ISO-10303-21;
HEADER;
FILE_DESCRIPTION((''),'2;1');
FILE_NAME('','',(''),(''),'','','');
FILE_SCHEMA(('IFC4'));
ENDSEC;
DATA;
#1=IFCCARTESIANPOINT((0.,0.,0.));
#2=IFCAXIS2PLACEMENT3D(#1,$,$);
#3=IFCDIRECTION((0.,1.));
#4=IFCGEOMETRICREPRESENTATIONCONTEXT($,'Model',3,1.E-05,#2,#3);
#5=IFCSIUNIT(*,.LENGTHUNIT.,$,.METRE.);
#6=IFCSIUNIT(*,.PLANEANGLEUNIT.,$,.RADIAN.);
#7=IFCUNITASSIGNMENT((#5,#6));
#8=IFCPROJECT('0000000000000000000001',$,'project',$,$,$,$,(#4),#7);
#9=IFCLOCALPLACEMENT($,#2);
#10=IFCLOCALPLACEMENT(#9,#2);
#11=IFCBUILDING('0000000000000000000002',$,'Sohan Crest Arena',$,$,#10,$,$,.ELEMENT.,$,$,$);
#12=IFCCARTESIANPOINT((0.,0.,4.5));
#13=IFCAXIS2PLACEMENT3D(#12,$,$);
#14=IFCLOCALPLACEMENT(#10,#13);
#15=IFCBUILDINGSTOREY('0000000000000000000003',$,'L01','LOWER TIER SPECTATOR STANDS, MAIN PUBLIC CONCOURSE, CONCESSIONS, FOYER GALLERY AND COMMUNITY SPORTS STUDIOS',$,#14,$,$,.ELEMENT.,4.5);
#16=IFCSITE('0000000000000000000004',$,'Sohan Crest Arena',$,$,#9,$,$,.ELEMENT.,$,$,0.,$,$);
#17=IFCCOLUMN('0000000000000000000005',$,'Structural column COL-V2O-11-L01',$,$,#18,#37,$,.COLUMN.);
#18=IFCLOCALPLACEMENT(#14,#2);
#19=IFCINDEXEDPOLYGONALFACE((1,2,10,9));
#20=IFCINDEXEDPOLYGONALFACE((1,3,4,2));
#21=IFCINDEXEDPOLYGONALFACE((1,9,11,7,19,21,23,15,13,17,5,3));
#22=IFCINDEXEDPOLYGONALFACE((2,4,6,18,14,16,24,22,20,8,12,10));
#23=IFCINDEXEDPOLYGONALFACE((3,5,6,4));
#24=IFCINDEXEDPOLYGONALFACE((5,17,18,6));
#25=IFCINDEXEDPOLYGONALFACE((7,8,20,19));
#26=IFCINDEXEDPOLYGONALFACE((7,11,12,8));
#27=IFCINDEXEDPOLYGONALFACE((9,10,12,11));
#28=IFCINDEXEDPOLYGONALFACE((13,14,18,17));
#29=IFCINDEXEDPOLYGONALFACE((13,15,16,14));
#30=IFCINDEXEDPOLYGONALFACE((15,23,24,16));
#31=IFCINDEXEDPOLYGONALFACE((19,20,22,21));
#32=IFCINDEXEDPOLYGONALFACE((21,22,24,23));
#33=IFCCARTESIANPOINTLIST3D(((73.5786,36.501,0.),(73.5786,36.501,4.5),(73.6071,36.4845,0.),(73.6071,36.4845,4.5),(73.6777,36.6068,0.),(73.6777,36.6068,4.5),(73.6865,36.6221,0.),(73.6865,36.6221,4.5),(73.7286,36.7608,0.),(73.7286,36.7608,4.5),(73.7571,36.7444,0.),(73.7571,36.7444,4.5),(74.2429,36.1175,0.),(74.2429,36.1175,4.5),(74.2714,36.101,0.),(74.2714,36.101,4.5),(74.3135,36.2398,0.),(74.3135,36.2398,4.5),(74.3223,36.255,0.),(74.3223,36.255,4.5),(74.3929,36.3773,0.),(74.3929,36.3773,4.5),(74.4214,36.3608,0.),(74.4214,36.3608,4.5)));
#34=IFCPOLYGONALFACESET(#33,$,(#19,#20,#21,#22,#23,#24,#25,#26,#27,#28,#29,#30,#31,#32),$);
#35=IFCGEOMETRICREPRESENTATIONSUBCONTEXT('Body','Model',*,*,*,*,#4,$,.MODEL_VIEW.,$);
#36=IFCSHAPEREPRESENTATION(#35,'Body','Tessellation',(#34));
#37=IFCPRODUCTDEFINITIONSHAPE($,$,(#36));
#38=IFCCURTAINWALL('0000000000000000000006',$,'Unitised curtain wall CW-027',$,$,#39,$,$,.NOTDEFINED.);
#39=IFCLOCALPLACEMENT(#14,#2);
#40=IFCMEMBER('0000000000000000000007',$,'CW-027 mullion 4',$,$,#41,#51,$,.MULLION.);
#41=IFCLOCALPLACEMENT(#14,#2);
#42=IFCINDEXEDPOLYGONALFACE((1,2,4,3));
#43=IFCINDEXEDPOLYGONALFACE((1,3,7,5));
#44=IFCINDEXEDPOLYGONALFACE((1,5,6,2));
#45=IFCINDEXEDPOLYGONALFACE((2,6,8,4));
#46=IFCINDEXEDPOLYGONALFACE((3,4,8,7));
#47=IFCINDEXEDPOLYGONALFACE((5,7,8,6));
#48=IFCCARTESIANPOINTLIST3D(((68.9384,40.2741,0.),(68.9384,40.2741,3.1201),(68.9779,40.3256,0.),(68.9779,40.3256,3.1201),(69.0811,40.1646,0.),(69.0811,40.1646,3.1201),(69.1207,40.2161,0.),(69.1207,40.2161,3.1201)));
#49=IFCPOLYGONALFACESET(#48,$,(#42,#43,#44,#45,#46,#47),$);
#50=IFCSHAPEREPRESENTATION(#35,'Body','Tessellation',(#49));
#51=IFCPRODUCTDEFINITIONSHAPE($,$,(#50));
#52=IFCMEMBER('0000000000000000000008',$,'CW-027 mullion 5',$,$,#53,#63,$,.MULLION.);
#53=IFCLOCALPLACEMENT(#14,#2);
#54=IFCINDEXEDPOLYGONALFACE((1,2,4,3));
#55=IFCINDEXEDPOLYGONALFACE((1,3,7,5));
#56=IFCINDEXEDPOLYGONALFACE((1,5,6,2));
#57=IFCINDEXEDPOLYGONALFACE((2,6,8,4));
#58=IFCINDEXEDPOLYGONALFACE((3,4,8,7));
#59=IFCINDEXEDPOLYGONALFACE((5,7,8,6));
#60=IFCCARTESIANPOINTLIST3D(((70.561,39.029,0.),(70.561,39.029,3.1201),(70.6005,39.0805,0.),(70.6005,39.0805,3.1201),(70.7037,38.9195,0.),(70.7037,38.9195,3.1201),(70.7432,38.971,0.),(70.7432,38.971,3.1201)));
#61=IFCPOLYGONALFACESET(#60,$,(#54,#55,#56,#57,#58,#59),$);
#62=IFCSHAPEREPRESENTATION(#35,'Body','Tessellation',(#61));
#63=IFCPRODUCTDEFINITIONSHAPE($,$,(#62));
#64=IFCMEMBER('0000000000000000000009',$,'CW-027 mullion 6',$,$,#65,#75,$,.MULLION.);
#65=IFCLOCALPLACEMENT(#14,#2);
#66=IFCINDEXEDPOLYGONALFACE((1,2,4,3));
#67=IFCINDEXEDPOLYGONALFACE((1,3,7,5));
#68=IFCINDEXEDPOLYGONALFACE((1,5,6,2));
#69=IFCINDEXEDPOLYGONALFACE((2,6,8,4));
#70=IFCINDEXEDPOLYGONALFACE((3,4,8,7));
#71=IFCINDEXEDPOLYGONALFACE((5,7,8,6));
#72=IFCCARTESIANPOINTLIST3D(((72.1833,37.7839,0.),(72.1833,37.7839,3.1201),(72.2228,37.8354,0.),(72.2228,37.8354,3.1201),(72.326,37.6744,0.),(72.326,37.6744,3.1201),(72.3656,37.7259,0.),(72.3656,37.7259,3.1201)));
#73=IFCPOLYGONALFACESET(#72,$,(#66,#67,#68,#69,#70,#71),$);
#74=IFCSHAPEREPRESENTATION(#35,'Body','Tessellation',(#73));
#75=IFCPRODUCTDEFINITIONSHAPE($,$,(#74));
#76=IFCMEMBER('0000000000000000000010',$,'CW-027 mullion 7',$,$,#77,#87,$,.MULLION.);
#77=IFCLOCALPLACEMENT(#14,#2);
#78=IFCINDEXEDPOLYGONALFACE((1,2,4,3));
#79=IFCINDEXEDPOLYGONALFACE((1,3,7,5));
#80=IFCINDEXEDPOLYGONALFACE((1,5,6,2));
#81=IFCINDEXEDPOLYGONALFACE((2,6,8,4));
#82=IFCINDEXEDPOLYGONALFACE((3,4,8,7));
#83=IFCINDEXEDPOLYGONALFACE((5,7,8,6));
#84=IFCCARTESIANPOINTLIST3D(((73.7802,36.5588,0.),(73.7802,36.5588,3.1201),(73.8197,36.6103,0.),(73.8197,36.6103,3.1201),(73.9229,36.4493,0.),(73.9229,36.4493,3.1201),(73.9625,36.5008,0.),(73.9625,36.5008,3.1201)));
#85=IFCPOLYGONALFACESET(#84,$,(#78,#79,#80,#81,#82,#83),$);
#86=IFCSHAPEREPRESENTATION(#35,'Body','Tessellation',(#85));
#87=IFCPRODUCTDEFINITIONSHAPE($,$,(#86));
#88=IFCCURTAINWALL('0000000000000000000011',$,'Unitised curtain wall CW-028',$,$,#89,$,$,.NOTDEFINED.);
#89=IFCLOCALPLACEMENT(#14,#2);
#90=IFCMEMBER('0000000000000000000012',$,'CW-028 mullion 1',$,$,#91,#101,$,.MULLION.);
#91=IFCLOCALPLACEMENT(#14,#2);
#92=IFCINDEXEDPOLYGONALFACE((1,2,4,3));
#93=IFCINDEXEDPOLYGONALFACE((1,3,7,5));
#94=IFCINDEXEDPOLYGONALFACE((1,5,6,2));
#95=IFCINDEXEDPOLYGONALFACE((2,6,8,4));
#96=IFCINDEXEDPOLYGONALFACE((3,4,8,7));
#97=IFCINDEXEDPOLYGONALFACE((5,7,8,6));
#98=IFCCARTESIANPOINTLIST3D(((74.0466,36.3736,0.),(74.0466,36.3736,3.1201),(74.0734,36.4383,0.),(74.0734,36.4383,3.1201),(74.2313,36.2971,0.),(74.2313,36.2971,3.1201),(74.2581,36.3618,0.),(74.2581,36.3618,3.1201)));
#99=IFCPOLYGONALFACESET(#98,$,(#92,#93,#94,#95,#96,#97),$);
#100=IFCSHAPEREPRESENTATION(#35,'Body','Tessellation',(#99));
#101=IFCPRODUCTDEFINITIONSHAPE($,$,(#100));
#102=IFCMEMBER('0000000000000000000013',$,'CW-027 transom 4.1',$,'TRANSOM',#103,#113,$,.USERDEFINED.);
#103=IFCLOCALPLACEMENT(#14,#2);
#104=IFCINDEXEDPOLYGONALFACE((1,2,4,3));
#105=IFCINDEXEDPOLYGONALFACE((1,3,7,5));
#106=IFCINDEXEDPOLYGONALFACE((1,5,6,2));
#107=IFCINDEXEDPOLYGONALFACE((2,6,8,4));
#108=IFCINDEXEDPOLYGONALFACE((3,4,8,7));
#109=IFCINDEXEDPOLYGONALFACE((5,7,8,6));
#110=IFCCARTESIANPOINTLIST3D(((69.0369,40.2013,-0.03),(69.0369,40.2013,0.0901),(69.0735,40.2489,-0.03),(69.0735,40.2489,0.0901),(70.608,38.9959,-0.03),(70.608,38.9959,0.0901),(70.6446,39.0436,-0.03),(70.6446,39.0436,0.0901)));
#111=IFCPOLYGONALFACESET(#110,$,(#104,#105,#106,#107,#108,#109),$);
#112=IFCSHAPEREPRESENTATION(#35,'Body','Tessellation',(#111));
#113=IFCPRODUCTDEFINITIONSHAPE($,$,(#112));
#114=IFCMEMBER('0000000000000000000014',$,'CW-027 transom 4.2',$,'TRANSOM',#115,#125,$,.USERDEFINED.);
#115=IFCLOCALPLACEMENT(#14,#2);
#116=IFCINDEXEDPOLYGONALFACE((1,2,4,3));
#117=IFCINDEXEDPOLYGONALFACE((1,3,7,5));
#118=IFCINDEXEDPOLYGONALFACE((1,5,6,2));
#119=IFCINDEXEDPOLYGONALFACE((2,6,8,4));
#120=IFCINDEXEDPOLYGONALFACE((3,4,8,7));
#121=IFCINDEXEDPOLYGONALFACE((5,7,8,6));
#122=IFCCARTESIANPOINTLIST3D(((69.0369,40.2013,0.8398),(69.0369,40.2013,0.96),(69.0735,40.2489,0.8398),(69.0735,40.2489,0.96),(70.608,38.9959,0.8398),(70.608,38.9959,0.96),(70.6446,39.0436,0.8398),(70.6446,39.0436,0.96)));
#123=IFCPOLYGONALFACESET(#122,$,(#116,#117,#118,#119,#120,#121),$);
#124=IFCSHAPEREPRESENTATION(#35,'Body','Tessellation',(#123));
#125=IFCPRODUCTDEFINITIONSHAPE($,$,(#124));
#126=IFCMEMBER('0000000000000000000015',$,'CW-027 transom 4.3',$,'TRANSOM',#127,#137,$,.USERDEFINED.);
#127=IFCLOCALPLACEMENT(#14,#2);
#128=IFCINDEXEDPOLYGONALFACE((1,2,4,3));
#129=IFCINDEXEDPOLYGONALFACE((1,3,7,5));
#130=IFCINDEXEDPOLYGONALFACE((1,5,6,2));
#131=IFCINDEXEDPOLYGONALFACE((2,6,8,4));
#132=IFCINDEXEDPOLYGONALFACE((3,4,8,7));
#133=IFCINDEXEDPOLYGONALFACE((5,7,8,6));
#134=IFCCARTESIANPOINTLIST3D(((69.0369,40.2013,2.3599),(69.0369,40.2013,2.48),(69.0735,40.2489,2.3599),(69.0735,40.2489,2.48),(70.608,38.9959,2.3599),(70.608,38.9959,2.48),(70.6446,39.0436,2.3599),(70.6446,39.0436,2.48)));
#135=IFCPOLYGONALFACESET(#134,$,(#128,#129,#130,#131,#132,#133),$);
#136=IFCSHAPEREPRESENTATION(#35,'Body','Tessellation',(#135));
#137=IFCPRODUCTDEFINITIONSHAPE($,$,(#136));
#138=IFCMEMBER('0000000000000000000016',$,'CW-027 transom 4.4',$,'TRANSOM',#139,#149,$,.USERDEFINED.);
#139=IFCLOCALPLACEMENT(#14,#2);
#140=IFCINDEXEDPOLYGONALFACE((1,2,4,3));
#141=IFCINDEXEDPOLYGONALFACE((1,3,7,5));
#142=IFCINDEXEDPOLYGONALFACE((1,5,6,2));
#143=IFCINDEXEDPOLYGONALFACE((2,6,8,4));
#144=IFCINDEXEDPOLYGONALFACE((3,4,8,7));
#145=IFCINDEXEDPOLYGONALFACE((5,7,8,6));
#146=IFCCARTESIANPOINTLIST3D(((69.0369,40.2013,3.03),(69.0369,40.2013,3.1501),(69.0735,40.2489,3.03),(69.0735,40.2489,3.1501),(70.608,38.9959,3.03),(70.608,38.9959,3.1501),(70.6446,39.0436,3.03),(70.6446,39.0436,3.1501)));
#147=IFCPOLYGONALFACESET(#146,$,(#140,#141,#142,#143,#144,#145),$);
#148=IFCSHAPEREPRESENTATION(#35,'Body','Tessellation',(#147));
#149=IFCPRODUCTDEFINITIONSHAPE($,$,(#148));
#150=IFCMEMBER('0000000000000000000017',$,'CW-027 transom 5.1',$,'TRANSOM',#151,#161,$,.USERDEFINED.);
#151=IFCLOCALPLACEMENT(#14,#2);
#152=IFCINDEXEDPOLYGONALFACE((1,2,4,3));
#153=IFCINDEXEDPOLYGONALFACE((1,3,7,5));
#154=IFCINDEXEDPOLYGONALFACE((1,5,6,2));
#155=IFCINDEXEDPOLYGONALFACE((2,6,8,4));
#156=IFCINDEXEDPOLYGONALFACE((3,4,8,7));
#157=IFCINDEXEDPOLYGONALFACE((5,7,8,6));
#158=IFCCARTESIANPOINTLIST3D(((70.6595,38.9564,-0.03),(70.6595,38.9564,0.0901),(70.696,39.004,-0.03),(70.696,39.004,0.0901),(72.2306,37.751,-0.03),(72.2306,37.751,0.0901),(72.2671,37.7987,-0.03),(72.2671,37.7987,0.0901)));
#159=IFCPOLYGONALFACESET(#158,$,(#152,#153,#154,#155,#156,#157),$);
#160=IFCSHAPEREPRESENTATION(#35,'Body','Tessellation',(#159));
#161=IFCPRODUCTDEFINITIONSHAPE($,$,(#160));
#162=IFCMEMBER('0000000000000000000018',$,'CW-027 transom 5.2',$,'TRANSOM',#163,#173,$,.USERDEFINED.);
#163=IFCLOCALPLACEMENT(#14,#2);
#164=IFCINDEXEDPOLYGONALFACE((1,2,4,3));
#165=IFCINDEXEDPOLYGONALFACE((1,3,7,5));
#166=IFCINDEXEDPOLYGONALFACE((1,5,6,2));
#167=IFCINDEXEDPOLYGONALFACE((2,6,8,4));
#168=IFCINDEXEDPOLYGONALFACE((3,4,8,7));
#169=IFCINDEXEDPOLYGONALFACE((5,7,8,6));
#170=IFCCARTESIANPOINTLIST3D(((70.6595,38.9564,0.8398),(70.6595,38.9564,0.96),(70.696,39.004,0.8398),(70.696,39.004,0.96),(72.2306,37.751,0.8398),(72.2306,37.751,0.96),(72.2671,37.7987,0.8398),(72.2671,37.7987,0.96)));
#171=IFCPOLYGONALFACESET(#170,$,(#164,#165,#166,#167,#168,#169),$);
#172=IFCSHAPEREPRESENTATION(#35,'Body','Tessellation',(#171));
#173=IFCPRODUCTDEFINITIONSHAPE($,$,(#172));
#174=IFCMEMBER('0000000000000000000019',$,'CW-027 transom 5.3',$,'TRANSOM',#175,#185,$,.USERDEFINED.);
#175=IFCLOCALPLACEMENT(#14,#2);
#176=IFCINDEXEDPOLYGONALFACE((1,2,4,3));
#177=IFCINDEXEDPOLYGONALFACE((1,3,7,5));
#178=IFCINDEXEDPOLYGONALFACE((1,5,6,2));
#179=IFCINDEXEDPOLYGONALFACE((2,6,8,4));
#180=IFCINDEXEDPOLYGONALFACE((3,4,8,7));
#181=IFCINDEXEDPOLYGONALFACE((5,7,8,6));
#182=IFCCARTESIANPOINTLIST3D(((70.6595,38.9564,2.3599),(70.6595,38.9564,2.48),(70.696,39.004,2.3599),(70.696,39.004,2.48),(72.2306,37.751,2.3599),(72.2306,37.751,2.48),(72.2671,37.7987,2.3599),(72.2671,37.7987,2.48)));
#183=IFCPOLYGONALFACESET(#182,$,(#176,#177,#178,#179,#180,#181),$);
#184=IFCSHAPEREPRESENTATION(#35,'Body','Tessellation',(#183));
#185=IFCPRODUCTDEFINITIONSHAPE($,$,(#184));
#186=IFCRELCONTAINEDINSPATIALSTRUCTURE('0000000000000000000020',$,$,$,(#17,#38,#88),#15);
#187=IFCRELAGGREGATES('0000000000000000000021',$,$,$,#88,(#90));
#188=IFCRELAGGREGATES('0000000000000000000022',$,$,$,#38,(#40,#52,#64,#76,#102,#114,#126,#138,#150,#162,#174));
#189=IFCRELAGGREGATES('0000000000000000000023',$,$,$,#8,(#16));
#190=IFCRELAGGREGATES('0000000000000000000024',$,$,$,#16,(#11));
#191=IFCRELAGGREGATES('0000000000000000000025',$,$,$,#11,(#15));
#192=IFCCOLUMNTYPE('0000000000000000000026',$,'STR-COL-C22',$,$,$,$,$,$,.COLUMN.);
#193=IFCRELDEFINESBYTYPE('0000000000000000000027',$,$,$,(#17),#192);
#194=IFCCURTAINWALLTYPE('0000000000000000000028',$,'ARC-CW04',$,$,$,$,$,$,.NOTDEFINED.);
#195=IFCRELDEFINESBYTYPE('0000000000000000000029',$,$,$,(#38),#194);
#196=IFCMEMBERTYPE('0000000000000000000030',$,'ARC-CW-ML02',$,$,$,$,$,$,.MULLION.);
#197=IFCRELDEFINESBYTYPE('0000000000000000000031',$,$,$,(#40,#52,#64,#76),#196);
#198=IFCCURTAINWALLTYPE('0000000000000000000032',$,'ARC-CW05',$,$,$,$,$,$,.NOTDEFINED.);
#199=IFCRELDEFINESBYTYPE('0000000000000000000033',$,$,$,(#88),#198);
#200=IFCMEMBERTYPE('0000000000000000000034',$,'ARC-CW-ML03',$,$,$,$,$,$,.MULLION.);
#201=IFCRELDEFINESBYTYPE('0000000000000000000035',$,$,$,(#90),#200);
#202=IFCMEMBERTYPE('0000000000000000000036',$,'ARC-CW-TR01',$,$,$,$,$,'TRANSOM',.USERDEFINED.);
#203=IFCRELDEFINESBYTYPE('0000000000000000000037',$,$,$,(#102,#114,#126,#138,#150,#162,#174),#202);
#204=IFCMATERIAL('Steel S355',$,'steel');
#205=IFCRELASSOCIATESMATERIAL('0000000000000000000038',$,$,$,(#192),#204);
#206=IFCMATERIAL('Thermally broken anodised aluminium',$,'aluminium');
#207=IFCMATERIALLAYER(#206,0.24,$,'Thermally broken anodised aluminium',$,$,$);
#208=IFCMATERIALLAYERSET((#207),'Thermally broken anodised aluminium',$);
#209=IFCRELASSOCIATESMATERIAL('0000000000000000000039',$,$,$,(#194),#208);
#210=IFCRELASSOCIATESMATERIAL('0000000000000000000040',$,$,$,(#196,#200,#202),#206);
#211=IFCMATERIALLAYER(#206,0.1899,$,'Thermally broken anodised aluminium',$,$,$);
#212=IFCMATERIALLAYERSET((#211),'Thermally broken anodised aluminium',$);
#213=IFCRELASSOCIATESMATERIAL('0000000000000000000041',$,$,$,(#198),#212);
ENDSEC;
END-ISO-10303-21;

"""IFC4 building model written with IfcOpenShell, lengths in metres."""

from ifc_helpers import new_model, si_unit, direction, frame, origin, origin_2d, place, context, subcontext, project, spatial, rectangle, i_section, extrude, material, layer, layer_set, material_profile, profile_set, type_object, element, aggregate, save


model = new_model("IFC4")

# Units and contexts
model_context = context("Model", 3, precision=1e-05, world=origin(), true_north=direction((0.0, 1.0)))
body_context = subcontext(model_context, "Body", "Model", "MODEL_VIEW")
ifc_project = project(units=[si_unit("LENGTHUNIT", "METRE"), si_unit("PLANEANGLEUNIT", "RADIAN")], contexts=[model_context])

# Site, building, storey
site_placement = place(None, origin())
site = spatial("IfcSite", under=ifc_project, at=site_placement, Name="Sohan Crest Arena", CompositionType="ELEMENT", RefElevation=0.0)
building_placement = place(site_placement, origin())
building = spatial("IfcBuilding", under=site, at=building_placement, Name="Sohan Crest Arena", CompositionType="ELEMENT")
storey_placement = place(building_placement, frame((0.0, 0.0, 4.5)))
storey = spatial("IfcBuildingStorey", under=building, at=storey_placement, Name="L01", Description="LOWER TIER SPECTATOR STANDS, MAIN PUBLIC CONCOURSE, CONCESSIONS, FOYER GALLERY AND COMMUNITY SPORTS STUDIOS", CompositionType="ELEMENT", Elevation=4.5)

# Column
ifc_material_1 = material(Name="Steel S355", Category="steel")
ifc_material_profile_1 = material_profile(ifc_material_1, i_section(OverallWidth=0.3, OverallDepth=0.8, WebThickness=0.0176, FlangeThickness=0.033, at=origin_2d()), Name="HEB 800")
ifc_profile_set_1 = profile_set([ifc_material_profile_1], Name="Steel S355")
column_type = type_object("IfcColumnType", Name="STR-COL-C22", PredefinedType="COLUMN", material=ifc_profile_set_1)
column_placement = place(storey_placement, frame((74.0, 36.4309, 0.0), z_axis=(0.0, 0.0, 1.0), x_axis=(0.5, 0.866025, 0.0)))
element("IfcColumn", 1, at=column_placement, inside=storey, type_object=column_type, Name="Structural column COL-V2O-11-L01", PredefinedType="COLUMN", context=body_context, shape_type="SweptSolid", body=[
    extrude(i_section(OverallWidth=0.3, OverallDepth=0.8, WebThickness=0.0176, FlangeThickness=0.033, at=origin_2d()), origin(), (0.0, 0.0, 1.0), 4.5),
])

# Curtain wall, members
ifc_material_2 = material(Name="Thermally broken anodised aluminium", Category="aluminium")
ifc_layer_1 = layer(ifc_material_2, 0.24, Name="Thermally broken anodised aluminium")
ifc_layer_set_1 = layer_set([ifc_layer_1], Name="Thermally broken anodised aluminium")
curtain_wall_type_1 = type_object("IfcCurtainWallType", Name="ARC-CW04", PredefinedType="NOTDEFINED", material=ifc_layer_set_1)
curtain_wall_1_placement = place(storey_placement, origin())
curtain_wall_1 = element("IfcCurtainWall", 2, at=curtain_wall_1_placement, inside=storey, type_object=curtain_wall_type_1, Name="Unitised curtain wall CW-027", PredefinedType="NOTDEFINED")
ifc_material_profile_2 = material_profile(ifc_material_2, rectangle(XDim=0.0649, YDim=0.1799, at=origin_2d()), Name="ALU-MULL 65x180")
ifc_profile_set_2 = profile_set([ifc_material_profile_2], Name="Thermally broken anodised aluminium")
member_type_1 = type_object("IfcMemberType", Name="ARC-CW-ML02", PredefinedType="MULLION", material=ifc_profile_set_2)
member_1_placement = place(storey_placement, frame((69.0295, 40.2451, 0.0), z_axis=(0.0, 0.0, 1.0), x_axis=(0.608765, 0.793351, 0.0)))
member_1 = element("IfcMember", 3, at=member_1_placement, type_object=member_type_1, Name="CW-027 mullion 4", PredefinedType="MULLION", context=body_context, shape_type="SweptSolid", body=[
    extrude(rectangle(XDim=0.0649, YDim=0.1799, at=origin_2d()), origin(), (0.0, 0.0, 1.0), 3.1201),
])
member_2_placement = place(storey_placement, frame((70.6521, 39.0, 0.0), z_axis=(0.0, 0.0, 1.0), x_axis=(0.608765, 0.793351, 0.0)))
member_2 = element("IfcMember", 4, at=member_2_placement, type_object=member_type_1, Name="CW-027 mullion 5", PredefinedType="MULLION", context=body_context, shape_type="SweptSolid", body=[
    extrude(rectangle(XDim=0.0649, YDim=0.1799, at=origin_2d()), origin(), (0.0, 0.0, 1.0), 3.1201),
])
member_3_placement = place(storey_placement, frame((72.2744, 37.7549, 0.0), z_axis=(0.0, 0.0, 1.0), x_axis=(0.608765, 0.793351, 0.0)))
member_3 = element("IfcMember", 5, at=member_3_placement, type_object=member_type_1, Name="CW-027 mullion 6", PredefinedType="MULLION", context=body_context, shape_type="SweptSolid", body=[
    extrude(rectangle(XDim=0.0649, YDim=0.1799, at=origin_2d()), origin(), (0.0, 0.0, 1.0), 3.1201),
])
member_4_placement = place(storey_placement, frame((73.8713, 36.5298, 0.0), z_axis=(0.0, 0.0, 1.0), x_axis=(0.608765, 0.793351, 0.0)))
member_4 = element("IfcMember", 6, at=member_4_placement, type_object=member_type_1, Name="CW-027 mullion 7", PredefinedType="MULLION", context=body_context, shape_type="SweptSolid", body=[
    extrude(rectangle(XDim=0.0649, YDim=0.1799, at=origin_2d()), origin(), (0.0, 0.0, 1.0), 3.1201),
])

# Curtain wall, member
ifc_layer_2 = layer(ifc_material_2, 0.1899, Name="Thermally broken anodised aluminium")
ifc_layer_set_2 = layer_set([ifc_layer_2], Name="Thermally broken anodised aluminium")
curtain_wall_type_2 = type_object("IfcCurtainWallType", Name="ARC-CW05", PredefinedType="NOTDEFINED", material=ifc_layer_set_2)
curtain_wall_2_placement = place(storey_placement, origin())
curtain_wall_2 = element("IfcCurtainWall", 7, at=curtain_wall_2_placement, inside=storey, type_object=curtain_wall_type_2, Name="Unitised curtain wall CW-028", PredefinedType="NOTDEFINED")
ifc_material_profile_3 = material_profile(ifc_material_2, rectangle(XDim=0.0701, YDim=0.2, at=origin_2d()), Name="ALU-MULL 70x200")
ifc_profile_set_3 = profile_set([ifc_material_profile_3], Name="Thermally broken anodised aluminium")
member_type_2 = type_object("IfcMemberType", Name="ARC-CW-ML03", PredefinedType="MULLION", material=ifc_profile_set_3)
member_5_placement = place(storey_placement, frame((74.1523, 36.3677, 0.0), z_axis=(0.0, 0.0, 1.0), x_axis=(0.382618, 0.923907, 0.0)))
member_5 = element("IfcMember", 8, at=member_5_placement, type_object=member_type_2, Name="CW-028 mullion 1", PredefinedType="MULLION", context=body_context, shape_type="SweptSolid", body=[
    extrude(rectangle(XDim=0.0701, YDim=0.2, at=origin_2d()), origin(), (0.0, 0.0, 1.0), 3.1201),
])

# Members
ifc_material_profile_4 = material_profile(ifc_material_2, rectangle(XDim=0.0601, YDim=0.1201, at=origin_2d()), Name="ALU-TRAN 60x120")
ifc_profile_set_4 = profile_set([ifc_material_profile_4], Name="Thermally broken anodised aluminium")
member_type_3 = type_object("IfcMemberType", Name="ARC-CW-TR01", ElementType="TRANSOM", PredefinedType="USERDEFINED", material=ifc_profile_set_4)
member_6_placement = place(storey_placement, frame((69.0552, 40.2251, 0.03), z_axis=(0.793398, -0.608703, 0.0), x_axis=(0.608703, 0.793398, 0.0)))
member_6 = element("IfcMember", 9, at=member_6_placement, type_object=member_type_3, Name="CW-027 transom 4.1", ObjectType="TRANSOM", PredefinedType="USERDEFINED", context=body_context, shape_type="SweptSolid", body=[
    extrude(rectangle(XDim=0.0601, YDim=0.1201, at=origin_2d()), origin(), (0.0, 0.0, 1.0), 1.9802),
])
member_7_placement = place(storey_placement, frame((69.0552, 40.2251, 0.8999), z_axis=(0.793398, -0.608703, 0.0), x_axis=(0.608703, 0.793398, 0.0)))
member_7 = element("IfcMember", 10, at=member_7_placement, type_object=member_type_3, Name="CW-027 transom 4.2", ObjectType="TRANSOM", PredefinedType="USERDEFINED", context=body_context, shape_type="SweptSolid", body=[
    extrude(rectangle(XDim=0.0601, YDim=0.1201, at=origin_2d()), origin(), (0.0, 0.0, 1.0), 1.9802),
])
member_8_placement = place(storey_placement, frame((69.0552, 40.2251, 2.4199), z_axis=(0.793398, -0.608703, 0.0), x_axis=(0.608703, 0.793398, 0.0)))
member_8 = element("IfcMember", 11, at=member_8_placement, type_object=member_type_3, Name="CW-027 transom 4.3", ObjectType="TRANSOM", PredefinedType="USERDEFINED", context=body_context, shape_type="SweptSolid", body=[
    extrude(rectangle(XDim=0.0601, YDim=0.1201, at=origin_2d()), origin(), (0.0, 0.0, 1.0), 1.9802),
])
member_9_placement = place(storey_placement, frame((69.0552, 40.2251, 3.0901), z_axis=(0.793398, -0.608703, 0.0), x_axis=(0.608703, 0.793398, 0.0)))
member_9 = element("IfcMember", 12, at=member_9_placement, type_object=member_type_3, Name="CW-027 transom 4.4", ObjectType="TRANSOM", PredefinedType="USERDEFINED", context=body_context, shape_type="SweptSolid", body=[
    extrude(rectangle(XDim=0.0601, YDim=0.1201, at=origin_2d()), origin(), (0.0, 0.0, 1.0), 1.9802),
])
member_10_placement = place(storey_placement, frame((70.6777, 38.9802, 0.03), z_axis=(0.793398, -0.608703, 0.0), x_axis=(0.608703, 0.793398, 0.0)))
member_10 = element("IfcMember", 13, at=member_10_placement, type_object=member_type_3, Name="CW-027 transom 5.1", ObjectType="TRANSOM", PredefinedType="USERDEFINED", context=body_context, shape_type="SweptSolid", body=[
    extrude(rectangle(XDim=0.0601, YDim=0.1201, at=origin_2d()), origin(), (0.0, 0.0, 1.0), 1.9802),
])
member_11_placement = place(storey_placement, frame((70.6777, 38.9802, 0.8999), z_axis=(0.793398, -0.608703, 0.0), x_axis=(0.608703, 0.793398, 0.0)))
member_11 = element("IfcMember", 14, at=member_11_placement, type_object=member_type_3, Name="CW-027 transom 5.2", ObjectType="TRANSOM", PredefinedType="USERDEFINED", context=body_context, shape_type="SweptSolid", body=[
    extrude(rectangle(XDim=0.0601, YDim=0.1201, at=origin_2d()), origin(), (0.0, 0.0, 1.0), 1.9802),
])
member_12_placement = place(storey_placement, frame((70.6777, 38.9802, 2.4199), z_axis=(0.793398, -0.608703, 0.0), x_axis=(0.608703, 0.793398, 0.0)))
member_12 = element("IfcMember", 15, at=member_12_placement, type_object=member_type_3, Name="CW-027 transom 5.3", ObjectType="TRANSOM", PredefinedType="USERDEFINED", context=body_context, shape_type="SweptSolid", body=[
    extrude(rectangle(XDim=0.0601, YDim=0.1201, at=origin_2d()), origin(), (0.0, 0.0, 1.0), 1.9802),
])
aggregate(curtain_wall_2, [member_5])

aggregate(curtain_wall_1, [member_1, member_2, member_3, member_4, member_6, member_7, member_8, member_9, member_10, member_11, member_12])

save(model, "model.ifc")
